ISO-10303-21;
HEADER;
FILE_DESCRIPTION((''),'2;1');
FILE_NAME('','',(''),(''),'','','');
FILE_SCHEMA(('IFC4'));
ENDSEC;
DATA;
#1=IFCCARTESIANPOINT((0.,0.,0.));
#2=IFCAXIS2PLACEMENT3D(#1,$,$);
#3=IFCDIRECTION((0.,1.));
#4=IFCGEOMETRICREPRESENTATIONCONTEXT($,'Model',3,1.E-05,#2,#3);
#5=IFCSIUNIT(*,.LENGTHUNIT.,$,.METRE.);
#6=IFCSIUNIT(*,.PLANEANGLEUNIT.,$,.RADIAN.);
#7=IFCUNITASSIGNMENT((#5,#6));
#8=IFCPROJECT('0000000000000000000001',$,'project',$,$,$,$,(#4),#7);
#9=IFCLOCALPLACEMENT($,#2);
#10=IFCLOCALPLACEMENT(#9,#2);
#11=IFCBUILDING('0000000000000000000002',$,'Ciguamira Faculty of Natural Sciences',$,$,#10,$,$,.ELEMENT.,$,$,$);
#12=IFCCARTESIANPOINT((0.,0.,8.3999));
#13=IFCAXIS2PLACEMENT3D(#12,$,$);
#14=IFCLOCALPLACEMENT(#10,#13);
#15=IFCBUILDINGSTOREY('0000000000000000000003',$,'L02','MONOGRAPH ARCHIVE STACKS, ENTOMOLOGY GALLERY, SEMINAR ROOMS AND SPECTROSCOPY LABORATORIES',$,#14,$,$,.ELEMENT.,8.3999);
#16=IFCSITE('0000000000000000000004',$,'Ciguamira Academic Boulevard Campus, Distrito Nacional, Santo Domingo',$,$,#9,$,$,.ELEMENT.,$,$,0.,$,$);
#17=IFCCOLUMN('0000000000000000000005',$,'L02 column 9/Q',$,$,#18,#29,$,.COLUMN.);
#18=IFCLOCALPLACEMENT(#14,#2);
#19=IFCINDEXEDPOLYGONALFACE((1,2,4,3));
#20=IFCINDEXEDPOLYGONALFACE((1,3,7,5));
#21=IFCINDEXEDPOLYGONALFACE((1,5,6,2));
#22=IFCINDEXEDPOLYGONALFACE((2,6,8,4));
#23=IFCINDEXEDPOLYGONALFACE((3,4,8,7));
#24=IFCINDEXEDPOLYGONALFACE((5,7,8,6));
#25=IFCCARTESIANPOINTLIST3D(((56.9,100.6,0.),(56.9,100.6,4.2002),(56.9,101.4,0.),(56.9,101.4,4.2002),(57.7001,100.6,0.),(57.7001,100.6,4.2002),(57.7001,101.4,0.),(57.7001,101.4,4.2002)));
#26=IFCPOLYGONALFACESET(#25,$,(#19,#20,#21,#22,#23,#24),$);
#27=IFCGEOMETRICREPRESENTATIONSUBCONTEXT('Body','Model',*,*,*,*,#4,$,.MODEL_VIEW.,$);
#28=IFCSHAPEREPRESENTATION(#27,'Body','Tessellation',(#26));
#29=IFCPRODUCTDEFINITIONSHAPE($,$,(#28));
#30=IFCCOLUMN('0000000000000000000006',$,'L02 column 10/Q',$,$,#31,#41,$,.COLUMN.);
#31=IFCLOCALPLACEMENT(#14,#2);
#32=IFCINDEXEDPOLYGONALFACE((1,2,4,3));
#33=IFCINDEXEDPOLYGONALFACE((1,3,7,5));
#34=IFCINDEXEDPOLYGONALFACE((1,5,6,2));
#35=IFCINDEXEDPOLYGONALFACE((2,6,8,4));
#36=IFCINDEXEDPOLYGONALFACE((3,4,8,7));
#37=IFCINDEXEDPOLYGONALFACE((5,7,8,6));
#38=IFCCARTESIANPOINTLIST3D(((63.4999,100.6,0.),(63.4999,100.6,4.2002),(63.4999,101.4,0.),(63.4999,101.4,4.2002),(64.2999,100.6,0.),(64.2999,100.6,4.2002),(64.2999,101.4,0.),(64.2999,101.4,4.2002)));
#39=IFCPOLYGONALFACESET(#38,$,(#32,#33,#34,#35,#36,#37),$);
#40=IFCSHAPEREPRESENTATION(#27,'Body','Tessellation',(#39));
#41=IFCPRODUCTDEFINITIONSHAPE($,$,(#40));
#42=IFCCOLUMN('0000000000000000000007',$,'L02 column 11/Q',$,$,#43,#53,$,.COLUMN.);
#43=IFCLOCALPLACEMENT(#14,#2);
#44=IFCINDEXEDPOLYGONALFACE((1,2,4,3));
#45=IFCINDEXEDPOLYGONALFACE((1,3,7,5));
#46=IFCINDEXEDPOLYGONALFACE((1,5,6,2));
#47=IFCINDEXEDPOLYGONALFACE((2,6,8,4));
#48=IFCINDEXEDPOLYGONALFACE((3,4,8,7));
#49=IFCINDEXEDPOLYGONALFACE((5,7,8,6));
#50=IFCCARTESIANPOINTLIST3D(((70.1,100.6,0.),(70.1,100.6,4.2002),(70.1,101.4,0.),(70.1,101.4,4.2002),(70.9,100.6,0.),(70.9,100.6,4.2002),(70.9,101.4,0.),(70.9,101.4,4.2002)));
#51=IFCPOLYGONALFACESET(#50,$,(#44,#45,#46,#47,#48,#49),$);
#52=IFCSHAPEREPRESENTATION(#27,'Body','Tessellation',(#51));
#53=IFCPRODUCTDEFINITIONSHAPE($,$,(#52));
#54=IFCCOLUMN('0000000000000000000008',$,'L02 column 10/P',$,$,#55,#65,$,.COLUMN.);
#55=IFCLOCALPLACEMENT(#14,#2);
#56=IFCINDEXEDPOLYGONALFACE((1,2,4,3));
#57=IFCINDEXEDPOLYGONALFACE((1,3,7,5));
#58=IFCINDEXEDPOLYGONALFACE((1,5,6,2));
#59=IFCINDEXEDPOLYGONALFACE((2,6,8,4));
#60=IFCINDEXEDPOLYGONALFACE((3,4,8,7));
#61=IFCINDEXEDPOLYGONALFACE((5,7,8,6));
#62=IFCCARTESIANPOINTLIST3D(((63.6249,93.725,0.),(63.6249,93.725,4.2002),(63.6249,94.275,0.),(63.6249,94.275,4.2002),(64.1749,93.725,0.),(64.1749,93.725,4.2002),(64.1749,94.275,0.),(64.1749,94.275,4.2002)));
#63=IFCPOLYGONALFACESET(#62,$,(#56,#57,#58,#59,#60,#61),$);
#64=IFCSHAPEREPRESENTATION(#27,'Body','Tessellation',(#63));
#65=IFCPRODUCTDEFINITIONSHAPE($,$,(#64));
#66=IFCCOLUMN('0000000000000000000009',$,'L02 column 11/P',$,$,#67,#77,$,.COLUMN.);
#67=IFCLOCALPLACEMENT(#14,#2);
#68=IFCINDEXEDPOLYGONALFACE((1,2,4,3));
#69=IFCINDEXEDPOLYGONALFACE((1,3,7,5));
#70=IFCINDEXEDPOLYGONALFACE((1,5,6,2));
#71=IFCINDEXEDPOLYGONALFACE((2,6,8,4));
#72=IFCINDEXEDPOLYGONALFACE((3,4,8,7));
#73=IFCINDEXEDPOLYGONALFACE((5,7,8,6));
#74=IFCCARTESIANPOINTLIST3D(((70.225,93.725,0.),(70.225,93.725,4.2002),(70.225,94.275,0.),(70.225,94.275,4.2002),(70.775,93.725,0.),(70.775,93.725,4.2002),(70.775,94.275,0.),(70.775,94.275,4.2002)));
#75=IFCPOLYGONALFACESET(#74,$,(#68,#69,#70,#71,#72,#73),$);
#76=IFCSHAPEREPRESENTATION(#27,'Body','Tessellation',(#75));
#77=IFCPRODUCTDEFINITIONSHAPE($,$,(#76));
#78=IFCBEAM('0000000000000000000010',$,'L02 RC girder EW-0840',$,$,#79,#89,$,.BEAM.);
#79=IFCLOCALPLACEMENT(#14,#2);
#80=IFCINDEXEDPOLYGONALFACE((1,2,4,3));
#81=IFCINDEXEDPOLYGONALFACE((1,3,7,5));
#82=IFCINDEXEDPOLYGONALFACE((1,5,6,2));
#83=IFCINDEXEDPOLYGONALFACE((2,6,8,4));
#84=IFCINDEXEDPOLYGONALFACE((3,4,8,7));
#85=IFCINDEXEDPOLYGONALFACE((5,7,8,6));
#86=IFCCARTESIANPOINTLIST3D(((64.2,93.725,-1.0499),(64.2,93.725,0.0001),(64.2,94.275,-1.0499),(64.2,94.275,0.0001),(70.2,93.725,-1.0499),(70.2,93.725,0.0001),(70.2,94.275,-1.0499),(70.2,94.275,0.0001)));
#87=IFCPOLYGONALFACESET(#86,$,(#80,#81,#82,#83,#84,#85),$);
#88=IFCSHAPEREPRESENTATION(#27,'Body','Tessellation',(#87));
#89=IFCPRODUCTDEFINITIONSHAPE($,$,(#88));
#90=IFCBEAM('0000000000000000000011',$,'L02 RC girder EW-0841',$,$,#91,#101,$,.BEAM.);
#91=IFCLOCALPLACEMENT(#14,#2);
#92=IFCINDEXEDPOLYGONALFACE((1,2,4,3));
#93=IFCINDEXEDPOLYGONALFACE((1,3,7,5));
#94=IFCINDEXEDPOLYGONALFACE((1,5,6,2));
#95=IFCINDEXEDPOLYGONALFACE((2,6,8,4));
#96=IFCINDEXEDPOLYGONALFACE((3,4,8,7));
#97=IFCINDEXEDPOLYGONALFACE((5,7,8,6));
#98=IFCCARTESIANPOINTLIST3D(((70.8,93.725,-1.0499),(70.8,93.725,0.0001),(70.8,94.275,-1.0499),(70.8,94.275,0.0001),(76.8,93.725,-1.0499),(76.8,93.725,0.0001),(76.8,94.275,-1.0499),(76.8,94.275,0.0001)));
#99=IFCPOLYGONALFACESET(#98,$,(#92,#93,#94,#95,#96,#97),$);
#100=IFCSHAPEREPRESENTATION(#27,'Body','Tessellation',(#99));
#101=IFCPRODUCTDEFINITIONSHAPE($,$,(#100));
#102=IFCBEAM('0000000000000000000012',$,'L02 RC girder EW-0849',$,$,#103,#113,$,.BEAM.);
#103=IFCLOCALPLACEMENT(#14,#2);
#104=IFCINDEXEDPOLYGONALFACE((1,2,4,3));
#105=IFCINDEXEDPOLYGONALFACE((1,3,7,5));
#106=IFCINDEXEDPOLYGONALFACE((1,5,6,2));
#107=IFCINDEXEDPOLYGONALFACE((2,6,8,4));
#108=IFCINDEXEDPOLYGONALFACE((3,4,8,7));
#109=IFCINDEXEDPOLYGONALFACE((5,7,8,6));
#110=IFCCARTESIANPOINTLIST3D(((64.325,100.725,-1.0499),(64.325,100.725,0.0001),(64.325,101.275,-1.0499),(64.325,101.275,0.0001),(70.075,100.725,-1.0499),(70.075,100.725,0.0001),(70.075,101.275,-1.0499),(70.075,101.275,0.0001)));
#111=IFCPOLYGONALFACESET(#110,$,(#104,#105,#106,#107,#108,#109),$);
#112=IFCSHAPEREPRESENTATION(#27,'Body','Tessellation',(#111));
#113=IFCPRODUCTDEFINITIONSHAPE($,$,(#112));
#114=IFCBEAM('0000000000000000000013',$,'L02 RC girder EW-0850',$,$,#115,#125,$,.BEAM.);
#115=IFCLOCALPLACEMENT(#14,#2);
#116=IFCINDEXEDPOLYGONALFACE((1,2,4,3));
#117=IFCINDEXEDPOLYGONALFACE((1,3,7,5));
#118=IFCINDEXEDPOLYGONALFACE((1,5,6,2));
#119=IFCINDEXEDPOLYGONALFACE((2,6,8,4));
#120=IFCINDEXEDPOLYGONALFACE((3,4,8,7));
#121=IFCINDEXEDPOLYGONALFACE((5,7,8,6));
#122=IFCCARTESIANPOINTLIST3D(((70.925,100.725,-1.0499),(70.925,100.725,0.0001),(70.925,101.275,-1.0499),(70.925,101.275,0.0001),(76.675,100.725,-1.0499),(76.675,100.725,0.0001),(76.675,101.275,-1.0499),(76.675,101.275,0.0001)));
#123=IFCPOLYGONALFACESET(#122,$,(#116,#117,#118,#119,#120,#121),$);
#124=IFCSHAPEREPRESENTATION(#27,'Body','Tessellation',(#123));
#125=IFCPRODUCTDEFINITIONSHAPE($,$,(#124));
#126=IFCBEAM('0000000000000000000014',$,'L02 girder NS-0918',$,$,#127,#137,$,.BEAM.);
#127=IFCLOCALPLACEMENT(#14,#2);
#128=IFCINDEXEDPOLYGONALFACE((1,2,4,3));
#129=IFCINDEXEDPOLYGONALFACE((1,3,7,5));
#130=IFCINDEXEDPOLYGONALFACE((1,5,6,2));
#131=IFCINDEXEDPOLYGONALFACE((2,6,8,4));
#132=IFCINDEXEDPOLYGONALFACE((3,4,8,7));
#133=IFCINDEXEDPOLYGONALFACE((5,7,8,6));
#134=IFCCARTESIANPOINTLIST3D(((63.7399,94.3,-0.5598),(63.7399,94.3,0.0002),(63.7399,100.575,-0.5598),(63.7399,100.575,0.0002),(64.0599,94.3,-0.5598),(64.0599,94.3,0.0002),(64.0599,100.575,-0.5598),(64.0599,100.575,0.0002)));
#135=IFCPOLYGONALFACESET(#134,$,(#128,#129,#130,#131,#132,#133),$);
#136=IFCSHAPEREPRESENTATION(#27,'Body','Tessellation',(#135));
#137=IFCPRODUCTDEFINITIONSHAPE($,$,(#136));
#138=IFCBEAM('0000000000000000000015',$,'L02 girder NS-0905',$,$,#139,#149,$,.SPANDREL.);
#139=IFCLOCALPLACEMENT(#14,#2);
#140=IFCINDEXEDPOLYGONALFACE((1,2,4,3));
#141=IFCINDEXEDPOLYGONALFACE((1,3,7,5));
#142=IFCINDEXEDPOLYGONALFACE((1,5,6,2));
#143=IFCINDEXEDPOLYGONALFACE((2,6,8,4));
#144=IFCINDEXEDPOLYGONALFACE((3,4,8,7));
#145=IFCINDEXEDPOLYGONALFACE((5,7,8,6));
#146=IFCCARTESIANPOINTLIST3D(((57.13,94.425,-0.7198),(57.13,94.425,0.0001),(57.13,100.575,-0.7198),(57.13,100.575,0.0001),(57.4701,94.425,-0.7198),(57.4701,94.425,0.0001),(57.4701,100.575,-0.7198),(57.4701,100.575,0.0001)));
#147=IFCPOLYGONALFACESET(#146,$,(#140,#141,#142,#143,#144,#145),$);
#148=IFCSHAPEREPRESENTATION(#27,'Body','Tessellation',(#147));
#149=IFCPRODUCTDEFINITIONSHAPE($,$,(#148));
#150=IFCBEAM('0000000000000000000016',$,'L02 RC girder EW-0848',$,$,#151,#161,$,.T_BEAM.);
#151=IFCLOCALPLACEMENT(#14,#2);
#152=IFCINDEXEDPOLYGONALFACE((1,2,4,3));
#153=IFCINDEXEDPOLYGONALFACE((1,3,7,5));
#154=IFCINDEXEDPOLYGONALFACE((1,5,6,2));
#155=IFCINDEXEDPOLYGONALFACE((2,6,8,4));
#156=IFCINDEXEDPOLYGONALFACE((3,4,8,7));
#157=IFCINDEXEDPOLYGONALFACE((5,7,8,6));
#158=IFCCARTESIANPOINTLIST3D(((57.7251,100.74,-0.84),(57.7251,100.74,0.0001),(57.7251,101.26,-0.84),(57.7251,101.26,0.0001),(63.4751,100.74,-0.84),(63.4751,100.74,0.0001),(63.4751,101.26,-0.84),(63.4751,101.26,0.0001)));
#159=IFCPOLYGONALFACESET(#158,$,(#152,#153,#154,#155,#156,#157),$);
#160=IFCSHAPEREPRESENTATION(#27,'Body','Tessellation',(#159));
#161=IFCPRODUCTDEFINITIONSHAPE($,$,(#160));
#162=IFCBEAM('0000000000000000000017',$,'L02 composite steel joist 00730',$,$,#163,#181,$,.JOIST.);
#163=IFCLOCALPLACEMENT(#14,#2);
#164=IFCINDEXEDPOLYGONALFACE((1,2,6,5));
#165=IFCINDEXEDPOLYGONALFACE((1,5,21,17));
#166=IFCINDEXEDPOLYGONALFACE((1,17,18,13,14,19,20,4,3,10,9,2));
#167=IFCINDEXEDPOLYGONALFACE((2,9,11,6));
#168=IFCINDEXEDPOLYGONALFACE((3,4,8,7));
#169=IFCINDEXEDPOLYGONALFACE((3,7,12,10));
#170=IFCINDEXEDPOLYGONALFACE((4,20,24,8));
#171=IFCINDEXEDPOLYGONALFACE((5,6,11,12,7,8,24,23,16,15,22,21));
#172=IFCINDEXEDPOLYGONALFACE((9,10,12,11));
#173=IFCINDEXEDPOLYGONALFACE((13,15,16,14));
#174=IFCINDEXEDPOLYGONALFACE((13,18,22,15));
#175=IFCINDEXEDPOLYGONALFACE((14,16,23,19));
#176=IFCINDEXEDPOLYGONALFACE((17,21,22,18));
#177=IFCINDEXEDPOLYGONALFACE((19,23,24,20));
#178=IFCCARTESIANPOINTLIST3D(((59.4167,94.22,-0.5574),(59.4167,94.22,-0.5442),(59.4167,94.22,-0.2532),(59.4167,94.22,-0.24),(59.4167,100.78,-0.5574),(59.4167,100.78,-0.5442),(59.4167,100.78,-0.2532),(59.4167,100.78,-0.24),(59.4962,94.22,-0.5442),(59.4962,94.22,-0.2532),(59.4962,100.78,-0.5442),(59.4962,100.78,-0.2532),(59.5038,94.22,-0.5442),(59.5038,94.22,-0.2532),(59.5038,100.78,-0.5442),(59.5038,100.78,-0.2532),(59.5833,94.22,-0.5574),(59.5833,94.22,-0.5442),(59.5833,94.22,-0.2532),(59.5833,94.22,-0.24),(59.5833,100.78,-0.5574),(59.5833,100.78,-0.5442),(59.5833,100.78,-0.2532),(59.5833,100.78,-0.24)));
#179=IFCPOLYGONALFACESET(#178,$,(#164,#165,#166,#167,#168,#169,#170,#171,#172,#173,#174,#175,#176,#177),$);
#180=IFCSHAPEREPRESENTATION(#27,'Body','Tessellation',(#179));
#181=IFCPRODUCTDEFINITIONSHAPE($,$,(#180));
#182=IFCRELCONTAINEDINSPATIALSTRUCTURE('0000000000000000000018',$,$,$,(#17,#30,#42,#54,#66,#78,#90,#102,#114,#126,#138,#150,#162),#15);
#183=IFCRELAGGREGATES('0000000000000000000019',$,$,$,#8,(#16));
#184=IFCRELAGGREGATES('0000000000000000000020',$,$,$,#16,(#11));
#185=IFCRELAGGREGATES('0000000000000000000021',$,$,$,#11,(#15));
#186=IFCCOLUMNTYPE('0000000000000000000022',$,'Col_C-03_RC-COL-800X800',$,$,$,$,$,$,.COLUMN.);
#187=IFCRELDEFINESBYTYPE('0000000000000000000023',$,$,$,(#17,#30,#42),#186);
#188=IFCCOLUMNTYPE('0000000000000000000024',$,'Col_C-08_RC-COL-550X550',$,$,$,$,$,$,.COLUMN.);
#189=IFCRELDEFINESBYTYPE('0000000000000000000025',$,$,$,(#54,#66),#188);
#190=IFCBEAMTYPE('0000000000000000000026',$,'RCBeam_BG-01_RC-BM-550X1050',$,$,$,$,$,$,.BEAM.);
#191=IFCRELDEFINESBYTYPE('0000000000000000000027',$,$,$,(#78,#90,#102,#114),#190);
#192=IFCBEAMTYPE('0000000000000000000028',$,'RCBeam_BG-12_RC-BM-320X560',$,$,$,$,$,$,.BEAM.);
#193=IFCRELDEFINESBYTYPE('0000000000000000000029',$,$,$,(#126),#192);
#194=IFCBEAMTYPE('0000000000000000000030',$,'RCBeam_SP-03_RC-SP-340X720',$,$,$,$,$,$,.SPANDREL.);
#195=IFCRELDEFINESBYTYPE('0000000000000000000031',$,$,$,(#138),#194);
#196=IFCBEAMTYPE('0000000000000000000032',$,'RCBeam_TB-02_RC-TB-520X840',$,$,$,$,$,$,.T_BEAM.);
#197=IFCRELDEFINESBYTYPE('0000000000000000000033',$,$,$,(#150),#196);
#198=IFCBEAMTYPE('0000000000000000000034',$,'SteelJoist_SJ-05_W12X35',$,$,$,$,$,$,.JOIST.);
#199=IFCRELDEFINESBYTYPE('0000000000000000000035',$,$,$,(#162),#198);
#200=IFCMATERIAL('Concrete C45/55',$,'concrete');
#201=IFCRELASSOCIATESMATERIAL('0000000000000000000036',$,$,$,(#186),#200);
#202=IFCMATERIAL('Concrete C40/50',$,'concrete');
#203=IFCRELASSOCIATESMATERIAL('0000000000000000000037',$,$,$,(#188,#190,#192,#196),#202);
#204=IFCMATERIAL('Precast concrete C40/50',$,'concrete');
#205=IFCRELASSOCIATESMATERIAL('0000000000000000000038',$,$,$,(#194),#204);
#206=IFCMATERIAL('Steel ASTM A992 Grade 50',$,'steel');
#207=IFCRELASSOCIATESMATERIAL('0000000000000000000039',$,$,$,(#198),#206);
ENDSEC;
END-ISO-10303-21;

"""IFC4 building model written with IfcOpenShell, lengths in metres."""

from ifc_helpers import new_model, si_unit, direction, frame, origin, origin_2d, place, context, subcontext, project, spatial, rectangle, i_section, extrude, material, material_profile, profile_set, type_object, element, save


model = new_model("IFC4")

# Units and contexts
model_context = context("Model", 3, precision=1e-05, world=origin(), true_north=direction((0.0, 1.0)))
body_context = subcontext(model_context, "Body", "Model", "MODEL_VIEW")
ifc_project = project(units=[si_unit("LENGTHUNIT", "METRE"), si_unit("PLANEANGLEUNIT", "RADIAN")], contexts=[model_context])

# Site, building, storey
site_placement = place(None, origin())
site = spatial("IfcSite", under=ifc_project, at=site_placement, Name="Ciguamira Academic Boulevard Campus, Distrito Nacional, Santo Domingo", CompositionType="ELEMENT", RefElevation=0.0)
building_placement = place(site_placement, origin())
building = spatial("IfcBuilding", under=site, at=building_placement, Name="Ciguamira Faculty of Natural Sciences", CompositionType="ELEMENT")
storey_placement = place(building_placement, frame((0.0, 0.0, 8.3999)))
storey = spatial("IfcBuildingStorey", under=building, at=storey_placement, Name="L02", Description="MONOGRAPH ARCHIVE STACKS, ENTOMOLOGY GALLERY, SEMINAR ROOMS AND SPECTROSCOPY LABORATORIES", CompositionType="ELEMENT", Elevation=8.3999)

# Columns
ifc_material_1 = material(Name="Concrete C45/55", Category="concrete")
ifc_material_profile_1 = material_profile(ifc_material_1, rectangle(XDim=0.8, YDim=0.8, at=origin_2d()), Name="RC-COL-800X800")
ifc_profile_set_1 = profile_set([ifc_material_profile_1], Name="Concrete C45/55")
column_type_1 = type_object("IfcColumnType", Name="Col_C-03_RC-COL-800X800", PredefinedType="COLUMN", material=ifc_profile_set_1)
for number, where, z_axis, x_axis, name in (
    (1, (57.3, 101.0, 0.0), (0.0, 0.0, 1.0), (1.0, 0.0, 0.0), "L02 column 9/Q"),
    (2, (63.8999, 101.0, 0.0), (0.0, 0.0, 1.0), (1.0, 0.0, 0.0), "L02 column 10/Q"),
    (3, (70.5, 101.0, 0.0), (0.0, 0.0, 1.0), (1.0, 0.0, 0.0), "L02 column 11/Q"),
):
    element("IfcColumn", number, at=place(storey_placement, frame(where, z_axis=z_axis, x_axis=x_axis)), inside=storey, type_object=column_type_1, Name=name, PredefinedType="COLUMN", context=body_context, shape_type="SweptSolid", body=[
        extrude(rectangle(XDim=0.8, YDim=0.8, at=origin_2d()), origin(), (0.0, 0.0, 1.0), 4.2002),
    ])
ifc_material_2 = material(Name="Concrete C40/50", Category="concrete")
ifc_material_profile_2 = material_profile(ifc_material_2, rectangle(XDim=0.55, YDim=0.55, at=origin_2d()), Name="RC-COL-550X550")
ifc_profile_set_2 = profile_set([ifc_material_profile_2], Name="Concrete C40/50")
column_type_2 = type_object("IfcColumnType", Name="Col_C-08_RC-COL-550X550", PredefinedType="COLUMN", material=ifc_profile_set_2)
for number, where, z_axis, x_axis, name in (
    (4, (63.8999, 94.0, 0.0), (0.0, 0.0, 1.0), (1.0, 0.0, 0.0), "L02 column 10/P"),
    (5, (70.5, 94.0, 0.0), (0.0, 0.0, 1.0), (1.0, 0.0, 0.0), "L02 column 11/P"),
):
    element("IfcColumn", number, at=place(storey_placement, frame(where, z_axis=z_axis, x_axis=x_axis)), inside=storey, type_object=column_type_2, Name=name, PredefinedType="COLUMN", context=body_context, shape_type="SweptSolid", body=[
        extrude(rectangle(XDim=0.55, YDim=0.55, at=origin_2d()), origin(), (0.0, 0.0, 1.0), 4.2002),
    ])

# Beams
ifc_material_profile_3 = material_profile(ifc_material_2, rectangle(XDim=0.55, YDim=1.05, at=origin_2d()), Name="RC-BM-550X1050")
ifc_profile_set_3 = profile_set([ifc_material_profile_3], Name="Concrete C40/50")
beam_type_1 = type_object("IfcBeamType", Name="RCBeam_BG-01_RC-BM-550X1050", PredefinedType="BEAM", material=ifc_profile_set_3)
for number, where, z_axis, x_axis, name in (
    (6, (64.2, 94.0, -0.5249), (1.0, 0.0, 0.0), (0.0, 1.0, 0.0), "L02 RC girder EW-0840"),
    (7, (70.8, 94.0, -0.5249), (1.0, 0.0, 0.0), (0.0, 1.0, 0.0), "L02 RC girder EW-0841"),
):
    element("IfcBeam", number, at=place(storey_placement, frame(where, z_axis=z_axis, x_axis=x_axis)), inside=storey, type_object=beam_type_1, Name=name, PredefinedType="BEAM", context=body_context, shape_type="SweptSolid", body=[
        extrude(rectangle(XDim=0.55, YDim=1.05, at=origin_2d()), origin(), (0.0, 0.0, 1.0), 6.0),
    ])
for number, where, z_axis, x_axis, name in (
    (8, (64.325, 101.0, -0.5249), (1.0, 0.0, 0.0), (0.0, 1.0, 0.0), "L02 RC girder EW-0849"),
    (9, (70.925, 101.0, -0.5249), (1.0, 0.0, 0.0), (0.0, 1.0, 0.0), "L02 RC girder EW-0850"),
):
    element("IfcBeam", number, at=place(storey_placement, frame(where, z_axis=z_axis, x_axis=x_axis)), inside=storey, type_object=beam_type_1, Name=name, PredefinedType="BEAM", context=body_context, shape_type="SweptSolid", body=[
        extrude(rectangle(XDim=0.55, YDim=1.05, at=origin_2d()), origin(), (0.0, 0.0, 1.0), 5.75),
    ])
ifc_material_profile_4 = material_profile(ifc_material_2, rectangle(XDim=0.3201, YDim=0.5601, at=origin_2d()), Name="RC-BM-320X560")
ifc_profile_set_4 = profile_set([ifc_material_profile_4], Name="Concrete C40/50")
beam_type_2 = type_object("IfcBeamType", Name="RCBeam_BG-12_RC-BM-320X560", PredefinedType="BEAM", material=ifc_profile_set_4)
beam_1_placement = place(storey_placement, frame((63.8999, 94.3, -0.2798), z_axis=(0.0, 1.0, 0.0), x_axis=(-1.0, 0.0, 0.0)))
element("IfcBeam", 10, at=beam_1_placement, inside=storey, type_object=beam_type_2, Name="L02 girder NS-0918", PredefinedType="BEAM", context=body_context, shape_type="SweptSolid", body=[
    extrude(rectangle(XDim=0.3201, YDim=0.5601, at=origin_2d()), origin(), (0.0, 0.0, 1.0), 6.2749),
])
ifc_material_3 = material(Name="Precast concrete C40/50", Category="concrete")
ifc_material_profile_5 = material_profile(ifc_material_3, rectangle(XDim=0.3401, YDim=0.72, at=origin_2d()), Name="RC-SP-340X720")
ifc_profile_set_5 = profile_set([ifc_material_profile_5], Name="Precast concrete C40/50")
beam_type_3 = type_object("IfcBeamType", Name="RCBeam_SP-03_RC-SP-340X720", PredefinedType="SPANDREL", material=ifc_profile_set_5)
beam_2_placement = place(storey_placement, frame((57.3, 94.425, -0.3599), z_axis=(0.0, 1.0, 0.0), x_axis=(-1.0, 0.0, 0.0)))
element("IfcBeam", 11, at=beam_2_placement, inside=storey, type_object=beam_type_3, Name="L02 girder NS-0905", PredefinedType="SPANDREL", context=body_context, shape_type="SweptSolid", body=[
    extrude(rectangle(XDim=0.3401, YDim=0.72, at=origin_2d()), origin(), (0.0, 0.0, 1.0), 6.1499),
])
ifc_material_profile_6 = material_profile(ifc_material_2, rectangle(XDim=0.52, YDim=0.8401, at=origin_2d()), Name="RC-TB-520X840")
ifc_profile_set_6 = profile_set([ifc_material_profile_6], Name="Concrete C40/50")
beam_type_4 = type_object("IfcBeamType", Name="RCBeam_TB-02_RC-TB-520X840", PredefinedType="T_BEAM", material=ifc_profile_set_6)
beam_3_placement = place(storey_placement, frame((57.7251, 101.0, -0.4199), z_axis=(1.0, 0.0, 0.0), x_axis=(0.0, 1.0, 0.0)))
element("IfcBeam", 12, at=beam_3_placement, inside=storey, type_object=beam_type_4, Name="L02 RC girder EW-0848", PredefinedType="T_BEAM", context=body_context, shape_type="SweptSolid", body=[
    extrude(rectangle(XDim=0.52, YDim=0.8401, at=origin_2d()), origin(), (0.0, 0.0, 1.0), 5.75),
])
ifc_material_4 = material(Name="Steel ASTM A992 Grade 50", Category="steel")
ifc_material_profile_7 = material_profile(ifc_material_4, i_section(OverallWidth=0.1665, OverallDepth=0.3174, WebThickness=0.0076, FlangeThickness=0.0132, at=origin_2d()), Name="W12X35")
ifc_profile_set_7 = profile_set([ifc_material_profile_7], Name="Steel ASTM A992 Grade 50")
beam_type_5 = type_object("IfcBeamType", Name="SteelJoist_SJ-05_W12X35", PredefinedType="JOIST", material=ifc_profile_set_7)
beam_4_placement = place(storey_placement, frame((59.5, 94.22, -0.3987), z_axis=(0.0, 1.0, 0.0), x_axis=(-1.0, 0.0, 0.0)))
element("IfcBeam", 13, at=beam_4_placement, inside=storey, type_object=beam_type_5, Name="L02 composite steel joist 00730", PredefinedType="JOIST", context=body_context, shape_type="SweptSolid", body=[
    extrude(i_section(OverallWidth=0.1665, OverallDepth=0.3174, WebThickness=0.0076, FlangeThickness=0.0132, at=origin_2d()), origin(), (0.0, 0.0, 1.0), 6.5601),
])

save(model, "model.ifc")
